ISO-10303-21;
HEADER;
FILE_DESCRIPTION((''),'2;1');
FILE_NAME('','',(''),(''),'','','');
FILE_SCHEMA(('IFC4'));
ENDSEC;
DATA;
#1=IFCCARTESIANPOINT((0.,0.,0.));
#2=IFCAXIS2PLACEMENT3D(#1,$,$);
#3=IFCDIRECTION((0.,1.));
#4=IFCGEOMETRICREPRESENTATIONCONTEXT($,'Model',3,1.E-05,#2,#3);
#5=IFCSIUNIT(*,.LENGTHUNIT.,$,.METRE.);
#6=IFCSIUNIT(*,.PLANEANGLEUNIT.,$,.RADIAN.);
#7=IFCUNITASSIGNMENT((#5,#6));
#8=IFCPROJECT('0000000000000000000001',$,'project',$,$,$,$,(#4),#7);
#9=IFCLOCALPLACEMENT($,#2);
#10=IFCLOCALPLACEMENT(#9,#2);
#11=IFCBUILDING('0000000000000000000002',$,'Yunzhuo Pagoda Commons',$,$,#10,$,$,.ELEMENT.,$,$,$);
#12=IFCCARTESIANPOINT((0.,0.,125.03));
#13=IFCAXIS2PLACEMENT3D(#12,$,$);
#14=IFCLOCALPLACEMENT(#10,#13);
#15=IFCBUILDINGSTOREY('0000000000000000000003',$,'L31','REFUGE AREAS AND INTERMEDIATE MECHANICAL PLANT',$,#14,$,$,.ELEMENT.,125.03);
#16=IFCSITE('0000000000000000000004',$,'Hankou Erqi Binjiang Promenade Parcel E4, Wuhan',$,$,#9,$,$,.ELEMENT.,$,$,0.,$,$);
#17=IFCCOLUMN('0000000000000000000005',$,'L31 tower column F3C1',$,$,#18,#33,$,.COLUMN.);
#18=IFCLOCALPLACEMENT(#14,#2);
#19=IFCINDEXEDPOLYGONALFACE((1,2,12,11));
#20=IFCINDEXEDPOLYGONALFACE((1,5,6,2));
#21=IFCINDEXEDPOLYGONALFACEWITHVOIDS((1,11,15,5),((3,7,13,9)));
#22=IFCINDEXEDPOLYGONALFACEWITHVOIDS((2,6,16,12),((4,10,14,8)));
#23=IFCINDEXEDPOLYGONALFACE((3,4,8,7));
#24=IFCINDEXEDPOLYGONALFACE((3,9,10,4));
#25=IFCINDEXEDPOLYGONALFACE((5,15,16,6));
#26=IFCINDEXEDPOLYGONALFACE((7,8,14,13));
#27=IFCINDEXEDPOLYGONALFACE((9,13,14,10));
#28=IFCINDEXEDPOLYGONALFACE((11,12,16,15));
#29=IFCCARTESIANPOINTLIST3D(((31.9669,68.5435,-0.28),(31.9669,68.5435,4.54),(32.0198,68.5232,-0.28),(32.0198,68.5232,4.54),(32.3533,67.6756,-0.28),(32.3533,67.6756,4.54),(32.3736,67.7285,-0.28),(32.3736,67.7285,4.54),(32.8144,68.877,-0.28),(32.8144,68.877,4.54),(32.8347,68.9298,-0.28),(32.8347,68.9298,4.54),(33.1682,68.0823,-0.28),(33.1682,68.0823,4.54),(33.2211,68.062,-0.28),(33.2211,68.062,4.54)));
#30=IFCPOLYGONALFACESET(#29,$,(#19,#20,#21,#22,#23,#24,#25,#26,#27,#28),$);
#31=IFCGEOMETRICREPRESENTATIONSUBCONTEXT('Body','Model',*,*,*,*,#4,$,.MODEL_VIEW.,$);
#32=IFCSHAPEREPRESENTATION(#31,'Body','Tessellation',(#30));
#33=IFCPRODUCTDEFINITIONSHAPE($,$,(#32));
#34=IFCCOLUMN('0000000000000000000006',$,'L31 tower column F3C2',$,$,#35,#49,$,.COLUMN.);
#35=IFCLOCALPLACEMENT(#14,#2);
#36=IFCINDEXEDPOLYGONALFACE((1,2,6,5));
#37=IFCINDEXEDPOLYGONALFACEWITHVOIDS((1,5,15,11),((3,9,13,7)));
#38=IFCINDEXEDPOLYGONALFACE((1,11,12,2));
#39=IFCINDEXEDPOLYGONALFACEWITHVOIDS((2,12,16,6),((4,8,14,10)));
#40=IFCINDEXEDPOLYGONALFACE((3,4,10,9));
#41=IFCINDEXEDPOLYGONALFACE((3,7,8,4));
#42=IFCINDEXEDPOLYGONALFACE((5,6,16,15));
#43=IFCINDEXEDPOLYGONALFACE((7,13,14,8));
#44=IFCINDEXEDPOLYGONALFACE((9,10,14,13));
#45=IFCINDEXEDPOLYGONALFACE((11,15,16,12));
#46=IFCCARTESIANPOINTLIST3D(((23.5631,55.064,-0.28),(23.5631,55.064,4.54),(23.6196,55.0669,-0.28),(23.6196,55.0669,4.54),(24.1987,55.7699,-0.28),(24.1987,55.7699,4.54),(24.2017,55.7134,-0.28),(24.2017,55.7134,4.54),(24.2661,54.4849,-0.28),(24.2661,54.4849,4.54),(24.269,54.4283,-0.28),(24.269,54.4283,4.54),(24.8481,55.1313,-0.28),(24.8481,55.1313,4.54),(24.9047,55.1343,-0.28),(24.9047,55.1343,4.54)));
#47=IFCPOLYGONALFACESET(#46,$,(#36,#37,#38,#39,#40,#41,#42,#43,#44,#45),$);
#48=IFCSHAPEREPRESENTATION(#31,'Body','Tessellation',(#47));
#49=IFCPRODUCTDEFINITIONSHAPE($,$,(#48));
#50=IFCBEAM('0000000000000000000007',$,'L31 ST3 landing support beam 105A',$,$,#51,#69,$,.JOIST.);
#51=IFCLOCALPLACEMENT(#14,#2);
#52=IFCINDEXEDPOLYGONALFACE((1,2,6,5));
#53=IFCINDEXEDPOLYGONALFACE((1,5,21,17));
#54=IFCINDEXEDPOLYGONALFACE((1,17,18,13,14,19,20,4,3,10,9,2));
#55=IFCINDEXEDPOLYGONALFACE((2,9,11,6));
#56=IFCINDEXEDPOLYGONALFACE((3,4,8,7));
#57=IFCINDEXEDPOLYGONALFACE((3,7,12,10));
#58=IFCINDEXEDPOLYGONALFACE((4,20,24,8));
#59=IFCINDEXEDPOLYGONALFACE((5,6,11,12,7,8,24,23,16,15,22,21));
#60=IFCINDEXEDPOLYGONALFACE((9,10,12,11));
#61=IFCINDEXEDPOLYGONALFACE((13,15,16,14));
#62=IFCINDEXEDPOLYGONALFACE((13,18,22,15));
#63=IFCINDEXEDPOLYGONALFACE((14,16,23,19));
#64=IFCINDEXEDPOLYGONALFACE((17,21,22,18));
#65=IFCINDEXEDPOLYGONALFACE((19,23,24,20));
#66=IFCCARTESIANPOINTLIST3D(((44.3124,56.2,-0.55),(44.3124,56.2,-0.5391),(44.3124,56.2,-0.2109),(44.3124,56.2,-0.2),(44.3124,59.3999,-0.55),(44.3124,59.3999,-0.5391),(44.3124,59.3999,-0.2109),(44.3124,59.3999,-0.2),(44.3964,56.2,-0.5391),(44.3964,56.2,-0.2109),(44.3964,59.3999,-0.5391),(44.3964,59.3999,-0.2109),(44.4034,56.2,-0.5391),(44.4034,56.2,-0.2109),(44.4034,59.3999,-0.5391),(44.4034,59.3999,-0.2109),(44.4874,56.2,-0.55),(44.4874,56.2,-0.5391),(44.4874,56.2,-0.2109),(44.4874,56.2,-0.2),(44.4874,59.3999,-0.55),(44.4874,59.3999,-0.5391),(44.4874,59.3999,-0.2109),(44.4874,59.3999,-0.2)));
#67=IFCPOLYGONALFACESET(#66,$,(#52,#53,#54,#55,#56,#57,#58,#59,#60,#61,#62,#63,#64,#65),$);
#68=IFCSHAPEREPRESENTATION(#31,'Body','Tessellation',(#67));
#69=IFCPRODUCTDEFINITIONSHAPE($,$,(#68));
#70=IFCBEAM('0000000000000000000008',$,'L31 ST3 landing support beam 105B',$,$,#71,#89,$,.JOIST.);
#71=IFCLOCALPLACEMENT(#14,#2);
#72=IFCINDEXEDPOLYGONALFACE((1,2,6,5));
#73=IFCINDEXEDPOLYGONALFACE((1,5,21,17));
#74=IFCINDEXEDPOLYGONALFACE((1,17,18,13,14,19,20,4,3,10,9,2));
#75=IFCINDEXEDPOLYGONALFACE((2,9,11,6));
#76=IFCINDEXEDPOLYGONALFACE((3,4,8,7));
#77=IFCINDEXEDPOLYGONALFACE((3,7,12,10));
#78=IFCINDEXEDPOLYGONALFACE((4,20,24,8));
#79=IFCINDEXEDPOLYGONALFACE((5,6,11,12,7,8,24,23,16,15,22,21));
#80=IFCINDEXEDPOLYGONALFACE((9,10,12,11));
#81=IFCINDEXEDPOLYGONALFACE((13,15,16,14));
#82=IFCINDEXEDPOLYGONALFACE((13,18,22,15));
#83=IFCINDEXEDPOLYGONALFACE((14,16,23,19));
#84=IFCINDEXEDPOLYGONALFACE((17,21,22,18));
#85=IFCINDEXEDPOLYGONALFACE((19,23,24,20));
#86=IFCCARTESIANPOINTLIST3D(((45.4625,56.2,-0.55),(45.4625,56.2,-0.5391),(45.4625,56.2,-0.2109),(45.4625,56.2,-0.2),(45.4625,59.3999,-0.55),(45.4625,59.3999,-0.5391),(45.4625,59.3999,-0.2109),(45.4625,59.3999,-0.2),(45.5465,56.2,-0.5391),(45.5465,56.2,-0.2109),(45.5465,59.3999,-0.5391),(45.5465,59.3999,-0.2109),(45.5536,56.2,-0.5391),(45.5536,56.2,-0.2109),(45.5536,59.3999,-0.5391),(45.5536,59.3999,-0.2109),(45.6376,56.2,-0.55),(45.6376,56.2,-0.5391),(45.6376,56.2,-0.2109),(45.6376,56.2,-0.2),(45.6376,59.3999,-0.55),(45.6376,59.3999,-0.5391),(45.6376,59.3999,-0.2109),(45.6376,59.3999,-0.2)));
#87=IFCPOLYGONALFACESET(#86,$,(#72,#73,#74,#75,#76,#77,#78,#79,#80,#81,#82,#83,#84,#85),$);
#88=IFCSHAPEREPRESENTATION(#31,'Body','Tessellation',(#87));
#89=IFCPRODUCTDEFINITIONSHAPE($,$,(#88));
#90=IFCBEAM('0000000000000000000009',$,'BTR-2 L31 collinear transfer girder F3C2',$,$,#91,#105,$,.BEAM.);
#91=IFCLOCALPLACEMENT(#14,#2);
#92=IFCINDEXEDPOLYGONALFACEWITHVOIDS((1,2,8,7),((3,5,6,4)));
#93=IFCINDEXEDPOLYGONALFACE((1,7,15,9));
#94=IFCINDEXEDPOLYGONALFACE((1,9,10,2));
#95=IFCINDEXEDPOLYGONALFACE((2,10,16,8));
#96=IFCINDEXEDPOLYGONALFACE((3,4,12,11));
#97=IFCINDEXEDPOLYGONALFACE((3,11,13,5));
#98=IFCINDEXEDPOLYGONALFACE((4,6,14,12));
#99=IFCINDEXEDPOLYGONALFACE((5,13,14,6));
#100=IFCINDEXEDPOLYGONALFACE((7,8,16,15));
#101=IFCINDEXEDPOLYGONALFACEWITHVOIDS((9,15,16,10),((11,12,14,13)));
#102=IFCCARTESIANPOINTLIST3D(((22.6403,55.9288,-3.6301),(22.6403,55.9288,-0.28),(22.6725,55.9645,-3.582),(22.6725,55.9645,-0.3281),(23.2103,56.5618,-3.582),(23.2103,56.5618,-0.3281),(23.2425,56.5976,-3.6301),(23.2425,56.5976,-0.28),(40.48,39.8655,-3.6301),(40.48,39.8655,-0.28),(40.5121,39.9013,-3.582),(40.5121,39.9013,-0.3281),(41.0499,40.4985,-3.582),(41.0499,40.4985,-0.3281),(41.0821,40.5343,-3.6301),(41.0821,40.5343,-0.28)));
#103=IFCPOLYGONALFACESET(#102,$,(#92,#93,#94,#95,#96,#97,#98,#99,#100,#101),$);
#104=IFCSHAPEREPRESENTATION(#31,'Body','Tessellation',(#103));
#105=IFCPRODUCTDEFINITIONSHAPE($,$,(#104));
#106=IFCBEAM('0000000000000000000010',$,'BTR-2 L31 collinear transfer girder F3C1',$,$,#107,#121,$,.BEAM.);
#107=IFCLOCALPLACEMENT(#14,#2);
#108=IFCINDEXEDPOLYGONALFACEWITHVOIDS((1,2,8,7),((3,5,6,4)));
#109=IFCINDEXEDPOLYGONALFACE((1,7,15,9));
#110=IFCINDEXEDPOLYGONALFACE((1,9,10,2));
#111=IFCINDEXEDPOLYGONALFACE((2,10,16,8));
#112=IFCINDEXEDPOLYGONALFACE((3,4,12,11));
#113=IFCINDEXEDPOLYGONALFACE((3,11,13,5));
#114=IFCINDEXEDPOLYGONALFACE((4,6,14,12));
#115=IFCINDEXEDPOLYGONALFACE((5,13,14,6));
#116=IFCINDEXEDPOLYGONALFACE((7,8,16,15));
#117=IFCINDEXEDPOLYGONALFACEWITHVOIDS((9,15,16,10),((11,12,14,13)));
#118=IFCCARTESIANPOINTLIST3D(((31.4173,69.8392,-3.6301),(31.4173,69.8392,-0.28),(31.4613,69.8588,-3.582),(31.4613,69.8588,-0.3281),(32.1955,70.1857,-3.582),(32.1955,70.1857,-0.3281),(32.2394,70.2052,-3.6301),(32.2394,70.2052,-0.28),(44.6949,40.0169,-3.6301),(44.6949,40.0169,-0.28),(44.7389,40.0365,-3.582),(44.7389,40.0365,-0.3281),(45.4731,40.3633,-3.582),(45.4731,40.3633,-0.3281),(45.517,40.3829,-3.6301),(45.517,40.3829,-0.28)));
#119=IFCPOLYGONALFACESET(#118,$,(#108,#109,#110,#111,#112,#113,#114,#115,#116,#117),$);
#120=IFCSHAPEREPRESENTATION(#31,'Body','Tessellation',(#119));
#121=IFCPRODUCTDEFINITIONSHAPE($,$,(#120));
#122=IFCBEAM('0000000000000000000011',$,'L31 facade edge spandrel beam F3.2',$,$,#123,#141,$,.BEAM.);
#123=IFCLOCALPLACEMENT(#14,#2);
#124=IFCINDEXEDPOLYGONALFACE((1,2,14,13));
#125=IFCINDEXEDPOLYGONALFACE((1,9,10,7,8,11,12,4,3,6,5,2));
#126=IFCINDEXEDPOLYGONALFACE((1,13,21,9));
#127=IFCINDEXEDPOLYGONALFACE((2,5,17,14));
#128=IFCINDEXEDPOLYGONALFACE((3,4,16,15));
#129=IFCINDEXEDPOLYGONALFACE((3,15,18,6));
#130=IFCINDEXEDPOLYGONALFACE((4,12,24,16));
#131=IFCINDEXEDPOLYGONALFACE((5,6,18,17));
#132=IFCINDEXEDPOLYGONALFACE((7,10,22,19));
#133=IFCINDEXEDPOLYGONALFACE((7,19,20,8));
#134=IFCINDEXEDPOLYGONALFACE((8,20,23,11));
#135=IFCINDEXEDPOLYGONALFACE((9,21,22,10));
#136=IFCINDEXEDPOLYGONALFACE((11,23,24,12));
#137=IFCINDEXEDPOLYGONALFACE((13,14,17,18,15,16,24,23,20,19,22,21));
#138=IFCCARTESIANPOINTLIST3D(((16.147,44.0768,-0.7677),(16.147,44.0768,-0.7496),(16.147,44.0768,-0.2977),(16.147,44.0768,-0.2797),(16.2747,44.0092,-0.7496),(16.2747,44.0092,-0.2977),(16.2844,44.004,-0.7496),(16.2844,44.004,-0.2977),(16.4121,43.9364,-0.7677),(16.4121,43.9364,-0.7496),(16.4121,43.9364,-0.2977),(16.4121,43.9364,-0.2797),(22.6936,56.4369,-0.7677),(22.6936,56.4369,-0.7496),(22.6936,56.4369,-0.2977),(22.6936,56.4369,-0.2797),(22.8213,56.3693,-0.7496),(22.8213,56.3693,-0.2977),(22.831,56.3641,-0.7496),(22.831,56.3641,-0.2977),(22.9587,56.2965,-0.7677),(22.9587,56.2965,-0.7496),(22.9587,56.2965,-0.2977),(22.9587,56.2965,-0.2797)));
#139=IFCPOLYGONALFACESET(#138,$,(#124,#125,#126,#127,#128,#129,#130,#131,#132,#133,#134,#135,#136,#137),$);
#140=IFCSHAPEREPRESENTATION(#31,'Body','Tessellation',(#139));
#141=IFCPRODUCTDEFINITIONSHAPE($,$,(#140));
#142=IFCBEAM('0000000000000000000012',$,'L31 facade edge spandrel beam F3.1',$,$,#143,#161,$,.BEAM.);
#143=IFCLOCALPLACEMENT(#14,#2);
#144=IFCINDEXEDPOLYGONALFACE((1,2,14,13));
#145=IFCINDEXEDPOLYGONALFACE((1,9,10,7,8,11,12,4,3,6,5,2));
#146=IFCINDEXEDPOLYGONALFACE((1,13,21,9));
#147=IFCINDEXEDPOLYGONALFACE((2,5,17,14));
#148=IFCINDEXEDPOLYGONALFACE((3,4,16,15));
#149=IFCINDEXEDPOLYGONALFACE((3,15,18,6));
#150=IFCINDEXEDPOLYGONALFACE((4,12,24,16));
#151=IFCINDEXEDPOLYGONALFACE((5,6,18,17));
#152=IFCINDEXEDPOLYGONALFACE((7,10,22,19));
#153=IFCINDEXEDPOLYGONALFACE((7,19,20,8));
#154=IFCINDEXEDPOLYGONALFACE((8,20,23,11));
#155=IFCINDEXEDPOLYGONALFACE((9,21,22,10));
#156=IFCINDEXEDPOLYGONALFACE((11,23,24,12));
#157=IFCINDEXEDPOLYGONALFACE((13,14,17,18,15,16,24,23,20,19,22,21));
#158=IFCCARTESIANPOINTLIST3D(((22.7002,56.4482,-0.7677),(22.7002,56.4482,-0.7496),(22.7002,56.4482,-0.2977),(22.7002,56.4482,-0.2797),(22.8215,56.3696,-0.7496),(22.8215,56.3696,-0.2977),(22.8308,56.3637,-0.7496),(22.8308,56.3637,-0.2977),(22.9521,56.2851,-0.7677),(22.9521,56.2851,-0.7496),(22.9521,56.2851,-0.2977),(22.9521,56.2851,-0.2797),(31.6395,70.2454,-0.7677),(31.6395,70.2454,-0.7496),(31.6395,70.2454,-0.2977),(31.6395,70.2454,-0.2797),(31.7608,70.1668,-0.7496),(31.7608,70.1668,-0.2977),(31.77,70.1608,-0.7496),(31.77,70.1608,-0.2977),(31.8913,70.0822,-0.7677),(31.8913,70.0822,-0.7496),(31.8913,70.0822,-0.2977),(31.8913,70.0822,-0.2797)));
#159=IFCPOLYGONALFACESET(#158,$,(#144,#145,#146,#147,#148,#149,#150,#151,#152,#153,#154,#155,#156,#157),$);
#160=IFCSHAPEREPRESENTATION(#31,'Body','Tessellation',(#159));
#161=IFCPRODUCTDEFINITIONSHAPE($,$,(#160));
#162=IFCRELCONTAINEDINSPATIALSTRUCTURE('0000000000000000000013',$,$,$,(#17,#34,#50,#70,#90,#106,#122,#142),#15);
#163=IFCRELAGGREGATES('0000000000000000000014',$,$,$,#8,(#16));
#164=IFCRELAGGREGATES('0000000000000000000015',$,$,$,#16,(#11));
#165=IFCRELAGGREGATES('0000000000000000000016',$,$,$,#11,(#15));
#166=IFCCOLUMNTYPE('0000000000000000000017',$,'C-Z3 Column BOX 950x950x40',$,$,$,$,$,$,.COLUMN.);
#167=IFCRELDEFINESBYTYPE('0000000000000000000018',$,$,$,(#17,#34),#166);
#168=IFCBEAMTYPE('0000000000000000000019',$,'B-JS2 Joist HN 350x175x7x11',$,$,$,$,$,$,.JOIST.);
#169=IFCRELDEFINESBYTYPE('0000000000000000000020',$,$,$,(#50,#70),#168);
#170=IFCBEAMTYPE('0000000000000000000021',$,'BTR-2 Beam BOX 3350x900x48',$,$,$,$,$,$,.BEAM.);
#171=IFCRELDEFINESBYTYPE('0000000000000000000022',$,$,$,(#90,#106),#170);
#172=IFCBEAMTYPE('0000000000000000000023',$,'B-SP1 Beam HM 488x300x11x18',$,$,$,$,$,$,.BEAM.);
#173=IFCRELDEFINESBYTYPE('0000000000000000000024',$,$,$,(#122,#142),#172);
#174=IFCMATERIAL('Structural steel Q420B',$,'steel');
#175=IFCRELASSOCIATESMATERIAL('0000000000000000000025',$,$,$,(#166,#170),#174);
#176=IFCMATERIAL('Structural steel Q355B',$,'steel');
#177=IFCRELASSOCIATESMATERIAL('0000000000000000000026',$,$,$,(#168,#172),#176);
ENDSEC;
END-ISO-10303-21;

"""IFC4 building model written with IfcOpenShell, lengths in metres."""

from ifc_helpers import new_model, si_unit, direction, frame, origin, origin_2d, place, context, subcontext, project, spatial, hollow_rectangle, i_section, extrude, source, transform, mapped, material, material_profile, profile_set, type_object, element, save


model = new_model("IFC4")

# Units and contexts
model_context = context("Model", 3, precision=1e-05, world=origin(), true_north=direction((0.0, 1.0)))
body_context = subcontext(model_context, "Body", "Model", "MODEL_VIEW")
ifc_project = project(units=[si_unit("LENGTHUNIT", "METRE"), si_unit("PLANEANGLEUNIT", "RADIAN")], contexts=[model_context])

# Site, building, storey
site_placement = place(None, origin())
site = spatial("IfcSite", under=ifc_project, at=site_placement, Name="Hankou Erqi Binjiang Promenade Parcel E4, Wuhan", CompositionType="ELEMENT", RefElevation=0.0)
building_placement = place(site_placement, origin())
building = spatial("IfcBuilding", under=site, at=building_placement, Name="Yunzhuo Pagoda Commons", CompositionType="ELEMENT")
storey_placement = place(building_placement, frame((0.0, 0.0, 125.03)))
storey = spatial("IfcBuildingStorey", under=building, at=storey_placement, Name="L31", Description="REFUGE AREAS AND INTERMEDIATE MECHANICAL PLANT", CompositionType="ELEMENT", Elevation=125.03)

# Columns
ifc_material_1 = material(Name="Structural steel Q420B", Category="steel")
ifc_material_profile_1 = material_profile(ifc_material_1, hollow_rectangle(XDim=0.95, YDim=0.95, WallThickness=0.04, at=origin_2d()), Name="Structural steel Q420B")
ifc_profile_set_1 = profile_set([ifc_material_profile_1], Name="Structural steel Q420B")
column_type = type_object("IfcColumnType", Name="C-Z3 Column BOX 950x950x40", PredefinedType="COLUMN", material=ifc_profile_set_1)
shared_shape_1 = source(origin(), body_context, "Body", "SweptSolid", [
    extrude(hollow_rectangle(XDim=0.95, YDim=0.95, WallThickness=0.04, at=origin_2d()), origin(), (0.0, 0.0, 1.0), 4.8201),
])
for number, where, z_axis, x_axis, name in (
    (1, (32.594, 68.3027, -0.28), (0.0, 0.0, 1.0), (-0.913545, -0.406737, 0.0), "L31 tower column F3C1"),
    (2, (24.2339, 55.0991, -0.28), (0.0, 0.0, 1.0), (-0.669131, -0.743145, 0.0), "L31 tower column F3C2"),
):
    element("IfcColumn", number, at=place(storey_placement, frame(where, z_axis=z_axis, x_axis=x_axis)), inside=storey, type_object=column_type, Name=name, PredefinedType="COLUMN", context=body_context, shape_type="MappedRepresentation", body=[
        mapped(shared_shape_1, transform((0.0, 0.0, 0.0), scale=1.0)),
    ])

# Beams
ifc_material_2 = material(Name="Structural steel Q355B", Category="steel")
ifc_material_profile_2 = material_profile(ifc_material_2, i_section(OverallWidth=0.175, OverallDepth=0.3501, WebThickness=0.0071, FlangeThickness=0.011, at=origin_2d()), Name="Structural steel Q355B")
ifc_profile_set_2 = profile_set([ifc_material_profile_2], Name="Structural steel Q355B")
beam_type_1 = type_object("IfcBeamType", Name="B-JS2 Joist HN 350x175x7x11", PredefinedType="JOIST", material=ifc_profile_set_2)
shared_shape_2 = source(origin(), body_context, "Body", "SweptSolid", [
    extrude(i_section(OverallWidth=0.175, OverallDepth=0.3501, WebThickness=0.0071, FlangeThickness=0.011, at=origin_2d()), origin(), (0.0, 0.0, 1.0), 3.2),
])
for number, where, z_axis, x_axis, name in (
    (3, (44.3999, 56.2, -0.375), (0.0, 1.0, 0.0), (-1.0, 0.0, 0.0), "L31 ST3 landing support beam 105A"),
    (4, (45.55, 56.2, -0.375), (0.0, 1.0, 0.0), (-1.0, 0.0, 0.0), "L31 ST3 landing support beam 105B"),
):
    element("IfcBeam", number, at=place(storey_placement, frame(where, z_axis=z_axis, x_axis=x_axis)), inside=storey, type_object=beam_type_1, Name=name, PredefinedType="JOIST", context=body_context, shape_type="MappedRepresentation", body=[
        mapped(shared_shape_2, transform((0.0, 0.0, 0.0), scale=1.0)),
    ])
ifc_material_profile_3 = material_profile(ifc_material_1, hollow_rectangle(XDim=0.8999, YDim=3.3501, WallThickness=0.0481, at=origin_2d()), Name="Structural steel Q420B")
ifc_profile_set_3 = profile_set([ifc_material_profile_3], Name="Structural steel Q420B")
beam_type_2 = type_object("IfcBeamType", Name="BTR-2 Beam BOX 3350x900x48", PredefinedType="BEAM", material=ifc_profile_set_3)
shared_shape_3 = source(origin(), body_context, "Body", "SweptSolid", [
    extrude(hollow_rectangle(XDim=0.8999, YDim=3.3501, WallThickness=0.0481, at=origin_2d()), origin(), (0.0, 0.0, 1.0), 24.0059),
])
beam_1_placement = place(storey_placement, frame((22.9414, 56.2632, -1.9551), z_axis=(0.743137, -0.669139, 0.0), x_axis=(0.669139, 0.743137, 0.0)))
element("IfcBeam", 5, at=beam_1_placement, inside=storey, type_object=beam_type_2, Name="BTR-2 L31 collinear transfer girder F3C2", PredefinedType="BEAM", context=body_context, shape_type="MappedRepresentation", body=[
    mapped(shared_shape_3, transform((0.0, 0.0, 0.0), scale=1.0)),
])
shared_shape_4 = source(origin(), body_context, "Body", "SweptSolid", [
    extrude(hollow_rectangle(XDim=0.8999, YDim=3.3501, WallThickness=0.0481, at=origin_2d()), origin(), (0.0, 0.0, 1.0), 32.6445),
])
beam_2_placement = place(storey_placement, frame((31.8284, 70.0222, -1.9551), z_axis=(0.406733, -0.913547, 0.0), x_axis=(0.913547, 0.406733, 0.0)))
element("IfcBeam", 6, at=beam_2_placement, inside=storey, type_object=beam_type_2, Name="BTR-2 L31 collinear transfer girder F3C1", PredefinedType="BEAM", context=body_context, shape_type="MappedRepresentation", body=[
    mapped(shared_shape_4, transform((0.0, 0.0, 0.0), scale=1.0)),
])
ifc_material_profile_4 = material_profile(ifc_material_2, i_section(OverallWidth=0.3, OverallDepth=0.488, WebThickness=0.011, FlangeThickness=0.0181, at=origin_2d()), Name="Structural steel Q355B")
ifc_profile_set_4 = profile_set([ifc_material_profile_4], Name="Structural steel Q355B")
beam_type_3 = type_object("IfcBeamType", Name="B-SP1 Beam HM 488x300x11x18", PredefinedType="BEAM", material=ifc_profile_set_4)
shared_shape_5 = source(origin(), body_context, "Body", "SweptSolid", [
    extrude(i_section(OverallWidth=0.3, OverallDepth=0.488, WebThickness=0.011, FlangeThickness=0.0181, at=origin_2d()), origin(), (0.0, 0.0, 1.0), 13.9868),
])
beam_3_placement = place(storey_placement, frame((22.8262, 56.3667, -0.5237), z_axis=(-0.468058, -0.883698, 0.0), x_axis=(0.883698, -0.468058, 0.0)))
element("IfcBeam", 7, at=beam_3_placement, inside=storey, type_object=beam_type_3, Name="L31 facade edge spandrel beam F3.2", PredefinedType="BEAM", context=body_context, shape_type="MappedRepresentation", body=[
    mapped(shared_shape_5, transform((0.0, 0.0, 0.0), scale=1.0)),
])
shared_shape_6 = source(origin(), body_context, "Body", "SweptSolid", [
    extrude(i_section(OverallWidth=0.3, OverallDepth=0.488, WebThickness=0.011, FlangeThickness=0.0181, at=origin_2d()), origin(), (0.0, 0.0, 1.0), 16.4399),
])
beam_4_placement = place(storey_placement, frame((31.7654, 70.1638, -0.5237), z_axis=(-0.543751, -0.839246, 0.0), x_axis=(0.839246, -0.543751, 0.0)))
element("IfcBeam", 8, at=beam_4_placement, inside=storey, type_object=beam_type_3, Name="L31 facade edge spandrel beam F3.1", PredefinedType="BEAM", context=body_context, shape_type="MappedRepresentation", body=[
    mapped(shared_shape_6, transform((0.0, 0.0, 0.0), scale=1.0)),
])

save(model, "model.ifc")
